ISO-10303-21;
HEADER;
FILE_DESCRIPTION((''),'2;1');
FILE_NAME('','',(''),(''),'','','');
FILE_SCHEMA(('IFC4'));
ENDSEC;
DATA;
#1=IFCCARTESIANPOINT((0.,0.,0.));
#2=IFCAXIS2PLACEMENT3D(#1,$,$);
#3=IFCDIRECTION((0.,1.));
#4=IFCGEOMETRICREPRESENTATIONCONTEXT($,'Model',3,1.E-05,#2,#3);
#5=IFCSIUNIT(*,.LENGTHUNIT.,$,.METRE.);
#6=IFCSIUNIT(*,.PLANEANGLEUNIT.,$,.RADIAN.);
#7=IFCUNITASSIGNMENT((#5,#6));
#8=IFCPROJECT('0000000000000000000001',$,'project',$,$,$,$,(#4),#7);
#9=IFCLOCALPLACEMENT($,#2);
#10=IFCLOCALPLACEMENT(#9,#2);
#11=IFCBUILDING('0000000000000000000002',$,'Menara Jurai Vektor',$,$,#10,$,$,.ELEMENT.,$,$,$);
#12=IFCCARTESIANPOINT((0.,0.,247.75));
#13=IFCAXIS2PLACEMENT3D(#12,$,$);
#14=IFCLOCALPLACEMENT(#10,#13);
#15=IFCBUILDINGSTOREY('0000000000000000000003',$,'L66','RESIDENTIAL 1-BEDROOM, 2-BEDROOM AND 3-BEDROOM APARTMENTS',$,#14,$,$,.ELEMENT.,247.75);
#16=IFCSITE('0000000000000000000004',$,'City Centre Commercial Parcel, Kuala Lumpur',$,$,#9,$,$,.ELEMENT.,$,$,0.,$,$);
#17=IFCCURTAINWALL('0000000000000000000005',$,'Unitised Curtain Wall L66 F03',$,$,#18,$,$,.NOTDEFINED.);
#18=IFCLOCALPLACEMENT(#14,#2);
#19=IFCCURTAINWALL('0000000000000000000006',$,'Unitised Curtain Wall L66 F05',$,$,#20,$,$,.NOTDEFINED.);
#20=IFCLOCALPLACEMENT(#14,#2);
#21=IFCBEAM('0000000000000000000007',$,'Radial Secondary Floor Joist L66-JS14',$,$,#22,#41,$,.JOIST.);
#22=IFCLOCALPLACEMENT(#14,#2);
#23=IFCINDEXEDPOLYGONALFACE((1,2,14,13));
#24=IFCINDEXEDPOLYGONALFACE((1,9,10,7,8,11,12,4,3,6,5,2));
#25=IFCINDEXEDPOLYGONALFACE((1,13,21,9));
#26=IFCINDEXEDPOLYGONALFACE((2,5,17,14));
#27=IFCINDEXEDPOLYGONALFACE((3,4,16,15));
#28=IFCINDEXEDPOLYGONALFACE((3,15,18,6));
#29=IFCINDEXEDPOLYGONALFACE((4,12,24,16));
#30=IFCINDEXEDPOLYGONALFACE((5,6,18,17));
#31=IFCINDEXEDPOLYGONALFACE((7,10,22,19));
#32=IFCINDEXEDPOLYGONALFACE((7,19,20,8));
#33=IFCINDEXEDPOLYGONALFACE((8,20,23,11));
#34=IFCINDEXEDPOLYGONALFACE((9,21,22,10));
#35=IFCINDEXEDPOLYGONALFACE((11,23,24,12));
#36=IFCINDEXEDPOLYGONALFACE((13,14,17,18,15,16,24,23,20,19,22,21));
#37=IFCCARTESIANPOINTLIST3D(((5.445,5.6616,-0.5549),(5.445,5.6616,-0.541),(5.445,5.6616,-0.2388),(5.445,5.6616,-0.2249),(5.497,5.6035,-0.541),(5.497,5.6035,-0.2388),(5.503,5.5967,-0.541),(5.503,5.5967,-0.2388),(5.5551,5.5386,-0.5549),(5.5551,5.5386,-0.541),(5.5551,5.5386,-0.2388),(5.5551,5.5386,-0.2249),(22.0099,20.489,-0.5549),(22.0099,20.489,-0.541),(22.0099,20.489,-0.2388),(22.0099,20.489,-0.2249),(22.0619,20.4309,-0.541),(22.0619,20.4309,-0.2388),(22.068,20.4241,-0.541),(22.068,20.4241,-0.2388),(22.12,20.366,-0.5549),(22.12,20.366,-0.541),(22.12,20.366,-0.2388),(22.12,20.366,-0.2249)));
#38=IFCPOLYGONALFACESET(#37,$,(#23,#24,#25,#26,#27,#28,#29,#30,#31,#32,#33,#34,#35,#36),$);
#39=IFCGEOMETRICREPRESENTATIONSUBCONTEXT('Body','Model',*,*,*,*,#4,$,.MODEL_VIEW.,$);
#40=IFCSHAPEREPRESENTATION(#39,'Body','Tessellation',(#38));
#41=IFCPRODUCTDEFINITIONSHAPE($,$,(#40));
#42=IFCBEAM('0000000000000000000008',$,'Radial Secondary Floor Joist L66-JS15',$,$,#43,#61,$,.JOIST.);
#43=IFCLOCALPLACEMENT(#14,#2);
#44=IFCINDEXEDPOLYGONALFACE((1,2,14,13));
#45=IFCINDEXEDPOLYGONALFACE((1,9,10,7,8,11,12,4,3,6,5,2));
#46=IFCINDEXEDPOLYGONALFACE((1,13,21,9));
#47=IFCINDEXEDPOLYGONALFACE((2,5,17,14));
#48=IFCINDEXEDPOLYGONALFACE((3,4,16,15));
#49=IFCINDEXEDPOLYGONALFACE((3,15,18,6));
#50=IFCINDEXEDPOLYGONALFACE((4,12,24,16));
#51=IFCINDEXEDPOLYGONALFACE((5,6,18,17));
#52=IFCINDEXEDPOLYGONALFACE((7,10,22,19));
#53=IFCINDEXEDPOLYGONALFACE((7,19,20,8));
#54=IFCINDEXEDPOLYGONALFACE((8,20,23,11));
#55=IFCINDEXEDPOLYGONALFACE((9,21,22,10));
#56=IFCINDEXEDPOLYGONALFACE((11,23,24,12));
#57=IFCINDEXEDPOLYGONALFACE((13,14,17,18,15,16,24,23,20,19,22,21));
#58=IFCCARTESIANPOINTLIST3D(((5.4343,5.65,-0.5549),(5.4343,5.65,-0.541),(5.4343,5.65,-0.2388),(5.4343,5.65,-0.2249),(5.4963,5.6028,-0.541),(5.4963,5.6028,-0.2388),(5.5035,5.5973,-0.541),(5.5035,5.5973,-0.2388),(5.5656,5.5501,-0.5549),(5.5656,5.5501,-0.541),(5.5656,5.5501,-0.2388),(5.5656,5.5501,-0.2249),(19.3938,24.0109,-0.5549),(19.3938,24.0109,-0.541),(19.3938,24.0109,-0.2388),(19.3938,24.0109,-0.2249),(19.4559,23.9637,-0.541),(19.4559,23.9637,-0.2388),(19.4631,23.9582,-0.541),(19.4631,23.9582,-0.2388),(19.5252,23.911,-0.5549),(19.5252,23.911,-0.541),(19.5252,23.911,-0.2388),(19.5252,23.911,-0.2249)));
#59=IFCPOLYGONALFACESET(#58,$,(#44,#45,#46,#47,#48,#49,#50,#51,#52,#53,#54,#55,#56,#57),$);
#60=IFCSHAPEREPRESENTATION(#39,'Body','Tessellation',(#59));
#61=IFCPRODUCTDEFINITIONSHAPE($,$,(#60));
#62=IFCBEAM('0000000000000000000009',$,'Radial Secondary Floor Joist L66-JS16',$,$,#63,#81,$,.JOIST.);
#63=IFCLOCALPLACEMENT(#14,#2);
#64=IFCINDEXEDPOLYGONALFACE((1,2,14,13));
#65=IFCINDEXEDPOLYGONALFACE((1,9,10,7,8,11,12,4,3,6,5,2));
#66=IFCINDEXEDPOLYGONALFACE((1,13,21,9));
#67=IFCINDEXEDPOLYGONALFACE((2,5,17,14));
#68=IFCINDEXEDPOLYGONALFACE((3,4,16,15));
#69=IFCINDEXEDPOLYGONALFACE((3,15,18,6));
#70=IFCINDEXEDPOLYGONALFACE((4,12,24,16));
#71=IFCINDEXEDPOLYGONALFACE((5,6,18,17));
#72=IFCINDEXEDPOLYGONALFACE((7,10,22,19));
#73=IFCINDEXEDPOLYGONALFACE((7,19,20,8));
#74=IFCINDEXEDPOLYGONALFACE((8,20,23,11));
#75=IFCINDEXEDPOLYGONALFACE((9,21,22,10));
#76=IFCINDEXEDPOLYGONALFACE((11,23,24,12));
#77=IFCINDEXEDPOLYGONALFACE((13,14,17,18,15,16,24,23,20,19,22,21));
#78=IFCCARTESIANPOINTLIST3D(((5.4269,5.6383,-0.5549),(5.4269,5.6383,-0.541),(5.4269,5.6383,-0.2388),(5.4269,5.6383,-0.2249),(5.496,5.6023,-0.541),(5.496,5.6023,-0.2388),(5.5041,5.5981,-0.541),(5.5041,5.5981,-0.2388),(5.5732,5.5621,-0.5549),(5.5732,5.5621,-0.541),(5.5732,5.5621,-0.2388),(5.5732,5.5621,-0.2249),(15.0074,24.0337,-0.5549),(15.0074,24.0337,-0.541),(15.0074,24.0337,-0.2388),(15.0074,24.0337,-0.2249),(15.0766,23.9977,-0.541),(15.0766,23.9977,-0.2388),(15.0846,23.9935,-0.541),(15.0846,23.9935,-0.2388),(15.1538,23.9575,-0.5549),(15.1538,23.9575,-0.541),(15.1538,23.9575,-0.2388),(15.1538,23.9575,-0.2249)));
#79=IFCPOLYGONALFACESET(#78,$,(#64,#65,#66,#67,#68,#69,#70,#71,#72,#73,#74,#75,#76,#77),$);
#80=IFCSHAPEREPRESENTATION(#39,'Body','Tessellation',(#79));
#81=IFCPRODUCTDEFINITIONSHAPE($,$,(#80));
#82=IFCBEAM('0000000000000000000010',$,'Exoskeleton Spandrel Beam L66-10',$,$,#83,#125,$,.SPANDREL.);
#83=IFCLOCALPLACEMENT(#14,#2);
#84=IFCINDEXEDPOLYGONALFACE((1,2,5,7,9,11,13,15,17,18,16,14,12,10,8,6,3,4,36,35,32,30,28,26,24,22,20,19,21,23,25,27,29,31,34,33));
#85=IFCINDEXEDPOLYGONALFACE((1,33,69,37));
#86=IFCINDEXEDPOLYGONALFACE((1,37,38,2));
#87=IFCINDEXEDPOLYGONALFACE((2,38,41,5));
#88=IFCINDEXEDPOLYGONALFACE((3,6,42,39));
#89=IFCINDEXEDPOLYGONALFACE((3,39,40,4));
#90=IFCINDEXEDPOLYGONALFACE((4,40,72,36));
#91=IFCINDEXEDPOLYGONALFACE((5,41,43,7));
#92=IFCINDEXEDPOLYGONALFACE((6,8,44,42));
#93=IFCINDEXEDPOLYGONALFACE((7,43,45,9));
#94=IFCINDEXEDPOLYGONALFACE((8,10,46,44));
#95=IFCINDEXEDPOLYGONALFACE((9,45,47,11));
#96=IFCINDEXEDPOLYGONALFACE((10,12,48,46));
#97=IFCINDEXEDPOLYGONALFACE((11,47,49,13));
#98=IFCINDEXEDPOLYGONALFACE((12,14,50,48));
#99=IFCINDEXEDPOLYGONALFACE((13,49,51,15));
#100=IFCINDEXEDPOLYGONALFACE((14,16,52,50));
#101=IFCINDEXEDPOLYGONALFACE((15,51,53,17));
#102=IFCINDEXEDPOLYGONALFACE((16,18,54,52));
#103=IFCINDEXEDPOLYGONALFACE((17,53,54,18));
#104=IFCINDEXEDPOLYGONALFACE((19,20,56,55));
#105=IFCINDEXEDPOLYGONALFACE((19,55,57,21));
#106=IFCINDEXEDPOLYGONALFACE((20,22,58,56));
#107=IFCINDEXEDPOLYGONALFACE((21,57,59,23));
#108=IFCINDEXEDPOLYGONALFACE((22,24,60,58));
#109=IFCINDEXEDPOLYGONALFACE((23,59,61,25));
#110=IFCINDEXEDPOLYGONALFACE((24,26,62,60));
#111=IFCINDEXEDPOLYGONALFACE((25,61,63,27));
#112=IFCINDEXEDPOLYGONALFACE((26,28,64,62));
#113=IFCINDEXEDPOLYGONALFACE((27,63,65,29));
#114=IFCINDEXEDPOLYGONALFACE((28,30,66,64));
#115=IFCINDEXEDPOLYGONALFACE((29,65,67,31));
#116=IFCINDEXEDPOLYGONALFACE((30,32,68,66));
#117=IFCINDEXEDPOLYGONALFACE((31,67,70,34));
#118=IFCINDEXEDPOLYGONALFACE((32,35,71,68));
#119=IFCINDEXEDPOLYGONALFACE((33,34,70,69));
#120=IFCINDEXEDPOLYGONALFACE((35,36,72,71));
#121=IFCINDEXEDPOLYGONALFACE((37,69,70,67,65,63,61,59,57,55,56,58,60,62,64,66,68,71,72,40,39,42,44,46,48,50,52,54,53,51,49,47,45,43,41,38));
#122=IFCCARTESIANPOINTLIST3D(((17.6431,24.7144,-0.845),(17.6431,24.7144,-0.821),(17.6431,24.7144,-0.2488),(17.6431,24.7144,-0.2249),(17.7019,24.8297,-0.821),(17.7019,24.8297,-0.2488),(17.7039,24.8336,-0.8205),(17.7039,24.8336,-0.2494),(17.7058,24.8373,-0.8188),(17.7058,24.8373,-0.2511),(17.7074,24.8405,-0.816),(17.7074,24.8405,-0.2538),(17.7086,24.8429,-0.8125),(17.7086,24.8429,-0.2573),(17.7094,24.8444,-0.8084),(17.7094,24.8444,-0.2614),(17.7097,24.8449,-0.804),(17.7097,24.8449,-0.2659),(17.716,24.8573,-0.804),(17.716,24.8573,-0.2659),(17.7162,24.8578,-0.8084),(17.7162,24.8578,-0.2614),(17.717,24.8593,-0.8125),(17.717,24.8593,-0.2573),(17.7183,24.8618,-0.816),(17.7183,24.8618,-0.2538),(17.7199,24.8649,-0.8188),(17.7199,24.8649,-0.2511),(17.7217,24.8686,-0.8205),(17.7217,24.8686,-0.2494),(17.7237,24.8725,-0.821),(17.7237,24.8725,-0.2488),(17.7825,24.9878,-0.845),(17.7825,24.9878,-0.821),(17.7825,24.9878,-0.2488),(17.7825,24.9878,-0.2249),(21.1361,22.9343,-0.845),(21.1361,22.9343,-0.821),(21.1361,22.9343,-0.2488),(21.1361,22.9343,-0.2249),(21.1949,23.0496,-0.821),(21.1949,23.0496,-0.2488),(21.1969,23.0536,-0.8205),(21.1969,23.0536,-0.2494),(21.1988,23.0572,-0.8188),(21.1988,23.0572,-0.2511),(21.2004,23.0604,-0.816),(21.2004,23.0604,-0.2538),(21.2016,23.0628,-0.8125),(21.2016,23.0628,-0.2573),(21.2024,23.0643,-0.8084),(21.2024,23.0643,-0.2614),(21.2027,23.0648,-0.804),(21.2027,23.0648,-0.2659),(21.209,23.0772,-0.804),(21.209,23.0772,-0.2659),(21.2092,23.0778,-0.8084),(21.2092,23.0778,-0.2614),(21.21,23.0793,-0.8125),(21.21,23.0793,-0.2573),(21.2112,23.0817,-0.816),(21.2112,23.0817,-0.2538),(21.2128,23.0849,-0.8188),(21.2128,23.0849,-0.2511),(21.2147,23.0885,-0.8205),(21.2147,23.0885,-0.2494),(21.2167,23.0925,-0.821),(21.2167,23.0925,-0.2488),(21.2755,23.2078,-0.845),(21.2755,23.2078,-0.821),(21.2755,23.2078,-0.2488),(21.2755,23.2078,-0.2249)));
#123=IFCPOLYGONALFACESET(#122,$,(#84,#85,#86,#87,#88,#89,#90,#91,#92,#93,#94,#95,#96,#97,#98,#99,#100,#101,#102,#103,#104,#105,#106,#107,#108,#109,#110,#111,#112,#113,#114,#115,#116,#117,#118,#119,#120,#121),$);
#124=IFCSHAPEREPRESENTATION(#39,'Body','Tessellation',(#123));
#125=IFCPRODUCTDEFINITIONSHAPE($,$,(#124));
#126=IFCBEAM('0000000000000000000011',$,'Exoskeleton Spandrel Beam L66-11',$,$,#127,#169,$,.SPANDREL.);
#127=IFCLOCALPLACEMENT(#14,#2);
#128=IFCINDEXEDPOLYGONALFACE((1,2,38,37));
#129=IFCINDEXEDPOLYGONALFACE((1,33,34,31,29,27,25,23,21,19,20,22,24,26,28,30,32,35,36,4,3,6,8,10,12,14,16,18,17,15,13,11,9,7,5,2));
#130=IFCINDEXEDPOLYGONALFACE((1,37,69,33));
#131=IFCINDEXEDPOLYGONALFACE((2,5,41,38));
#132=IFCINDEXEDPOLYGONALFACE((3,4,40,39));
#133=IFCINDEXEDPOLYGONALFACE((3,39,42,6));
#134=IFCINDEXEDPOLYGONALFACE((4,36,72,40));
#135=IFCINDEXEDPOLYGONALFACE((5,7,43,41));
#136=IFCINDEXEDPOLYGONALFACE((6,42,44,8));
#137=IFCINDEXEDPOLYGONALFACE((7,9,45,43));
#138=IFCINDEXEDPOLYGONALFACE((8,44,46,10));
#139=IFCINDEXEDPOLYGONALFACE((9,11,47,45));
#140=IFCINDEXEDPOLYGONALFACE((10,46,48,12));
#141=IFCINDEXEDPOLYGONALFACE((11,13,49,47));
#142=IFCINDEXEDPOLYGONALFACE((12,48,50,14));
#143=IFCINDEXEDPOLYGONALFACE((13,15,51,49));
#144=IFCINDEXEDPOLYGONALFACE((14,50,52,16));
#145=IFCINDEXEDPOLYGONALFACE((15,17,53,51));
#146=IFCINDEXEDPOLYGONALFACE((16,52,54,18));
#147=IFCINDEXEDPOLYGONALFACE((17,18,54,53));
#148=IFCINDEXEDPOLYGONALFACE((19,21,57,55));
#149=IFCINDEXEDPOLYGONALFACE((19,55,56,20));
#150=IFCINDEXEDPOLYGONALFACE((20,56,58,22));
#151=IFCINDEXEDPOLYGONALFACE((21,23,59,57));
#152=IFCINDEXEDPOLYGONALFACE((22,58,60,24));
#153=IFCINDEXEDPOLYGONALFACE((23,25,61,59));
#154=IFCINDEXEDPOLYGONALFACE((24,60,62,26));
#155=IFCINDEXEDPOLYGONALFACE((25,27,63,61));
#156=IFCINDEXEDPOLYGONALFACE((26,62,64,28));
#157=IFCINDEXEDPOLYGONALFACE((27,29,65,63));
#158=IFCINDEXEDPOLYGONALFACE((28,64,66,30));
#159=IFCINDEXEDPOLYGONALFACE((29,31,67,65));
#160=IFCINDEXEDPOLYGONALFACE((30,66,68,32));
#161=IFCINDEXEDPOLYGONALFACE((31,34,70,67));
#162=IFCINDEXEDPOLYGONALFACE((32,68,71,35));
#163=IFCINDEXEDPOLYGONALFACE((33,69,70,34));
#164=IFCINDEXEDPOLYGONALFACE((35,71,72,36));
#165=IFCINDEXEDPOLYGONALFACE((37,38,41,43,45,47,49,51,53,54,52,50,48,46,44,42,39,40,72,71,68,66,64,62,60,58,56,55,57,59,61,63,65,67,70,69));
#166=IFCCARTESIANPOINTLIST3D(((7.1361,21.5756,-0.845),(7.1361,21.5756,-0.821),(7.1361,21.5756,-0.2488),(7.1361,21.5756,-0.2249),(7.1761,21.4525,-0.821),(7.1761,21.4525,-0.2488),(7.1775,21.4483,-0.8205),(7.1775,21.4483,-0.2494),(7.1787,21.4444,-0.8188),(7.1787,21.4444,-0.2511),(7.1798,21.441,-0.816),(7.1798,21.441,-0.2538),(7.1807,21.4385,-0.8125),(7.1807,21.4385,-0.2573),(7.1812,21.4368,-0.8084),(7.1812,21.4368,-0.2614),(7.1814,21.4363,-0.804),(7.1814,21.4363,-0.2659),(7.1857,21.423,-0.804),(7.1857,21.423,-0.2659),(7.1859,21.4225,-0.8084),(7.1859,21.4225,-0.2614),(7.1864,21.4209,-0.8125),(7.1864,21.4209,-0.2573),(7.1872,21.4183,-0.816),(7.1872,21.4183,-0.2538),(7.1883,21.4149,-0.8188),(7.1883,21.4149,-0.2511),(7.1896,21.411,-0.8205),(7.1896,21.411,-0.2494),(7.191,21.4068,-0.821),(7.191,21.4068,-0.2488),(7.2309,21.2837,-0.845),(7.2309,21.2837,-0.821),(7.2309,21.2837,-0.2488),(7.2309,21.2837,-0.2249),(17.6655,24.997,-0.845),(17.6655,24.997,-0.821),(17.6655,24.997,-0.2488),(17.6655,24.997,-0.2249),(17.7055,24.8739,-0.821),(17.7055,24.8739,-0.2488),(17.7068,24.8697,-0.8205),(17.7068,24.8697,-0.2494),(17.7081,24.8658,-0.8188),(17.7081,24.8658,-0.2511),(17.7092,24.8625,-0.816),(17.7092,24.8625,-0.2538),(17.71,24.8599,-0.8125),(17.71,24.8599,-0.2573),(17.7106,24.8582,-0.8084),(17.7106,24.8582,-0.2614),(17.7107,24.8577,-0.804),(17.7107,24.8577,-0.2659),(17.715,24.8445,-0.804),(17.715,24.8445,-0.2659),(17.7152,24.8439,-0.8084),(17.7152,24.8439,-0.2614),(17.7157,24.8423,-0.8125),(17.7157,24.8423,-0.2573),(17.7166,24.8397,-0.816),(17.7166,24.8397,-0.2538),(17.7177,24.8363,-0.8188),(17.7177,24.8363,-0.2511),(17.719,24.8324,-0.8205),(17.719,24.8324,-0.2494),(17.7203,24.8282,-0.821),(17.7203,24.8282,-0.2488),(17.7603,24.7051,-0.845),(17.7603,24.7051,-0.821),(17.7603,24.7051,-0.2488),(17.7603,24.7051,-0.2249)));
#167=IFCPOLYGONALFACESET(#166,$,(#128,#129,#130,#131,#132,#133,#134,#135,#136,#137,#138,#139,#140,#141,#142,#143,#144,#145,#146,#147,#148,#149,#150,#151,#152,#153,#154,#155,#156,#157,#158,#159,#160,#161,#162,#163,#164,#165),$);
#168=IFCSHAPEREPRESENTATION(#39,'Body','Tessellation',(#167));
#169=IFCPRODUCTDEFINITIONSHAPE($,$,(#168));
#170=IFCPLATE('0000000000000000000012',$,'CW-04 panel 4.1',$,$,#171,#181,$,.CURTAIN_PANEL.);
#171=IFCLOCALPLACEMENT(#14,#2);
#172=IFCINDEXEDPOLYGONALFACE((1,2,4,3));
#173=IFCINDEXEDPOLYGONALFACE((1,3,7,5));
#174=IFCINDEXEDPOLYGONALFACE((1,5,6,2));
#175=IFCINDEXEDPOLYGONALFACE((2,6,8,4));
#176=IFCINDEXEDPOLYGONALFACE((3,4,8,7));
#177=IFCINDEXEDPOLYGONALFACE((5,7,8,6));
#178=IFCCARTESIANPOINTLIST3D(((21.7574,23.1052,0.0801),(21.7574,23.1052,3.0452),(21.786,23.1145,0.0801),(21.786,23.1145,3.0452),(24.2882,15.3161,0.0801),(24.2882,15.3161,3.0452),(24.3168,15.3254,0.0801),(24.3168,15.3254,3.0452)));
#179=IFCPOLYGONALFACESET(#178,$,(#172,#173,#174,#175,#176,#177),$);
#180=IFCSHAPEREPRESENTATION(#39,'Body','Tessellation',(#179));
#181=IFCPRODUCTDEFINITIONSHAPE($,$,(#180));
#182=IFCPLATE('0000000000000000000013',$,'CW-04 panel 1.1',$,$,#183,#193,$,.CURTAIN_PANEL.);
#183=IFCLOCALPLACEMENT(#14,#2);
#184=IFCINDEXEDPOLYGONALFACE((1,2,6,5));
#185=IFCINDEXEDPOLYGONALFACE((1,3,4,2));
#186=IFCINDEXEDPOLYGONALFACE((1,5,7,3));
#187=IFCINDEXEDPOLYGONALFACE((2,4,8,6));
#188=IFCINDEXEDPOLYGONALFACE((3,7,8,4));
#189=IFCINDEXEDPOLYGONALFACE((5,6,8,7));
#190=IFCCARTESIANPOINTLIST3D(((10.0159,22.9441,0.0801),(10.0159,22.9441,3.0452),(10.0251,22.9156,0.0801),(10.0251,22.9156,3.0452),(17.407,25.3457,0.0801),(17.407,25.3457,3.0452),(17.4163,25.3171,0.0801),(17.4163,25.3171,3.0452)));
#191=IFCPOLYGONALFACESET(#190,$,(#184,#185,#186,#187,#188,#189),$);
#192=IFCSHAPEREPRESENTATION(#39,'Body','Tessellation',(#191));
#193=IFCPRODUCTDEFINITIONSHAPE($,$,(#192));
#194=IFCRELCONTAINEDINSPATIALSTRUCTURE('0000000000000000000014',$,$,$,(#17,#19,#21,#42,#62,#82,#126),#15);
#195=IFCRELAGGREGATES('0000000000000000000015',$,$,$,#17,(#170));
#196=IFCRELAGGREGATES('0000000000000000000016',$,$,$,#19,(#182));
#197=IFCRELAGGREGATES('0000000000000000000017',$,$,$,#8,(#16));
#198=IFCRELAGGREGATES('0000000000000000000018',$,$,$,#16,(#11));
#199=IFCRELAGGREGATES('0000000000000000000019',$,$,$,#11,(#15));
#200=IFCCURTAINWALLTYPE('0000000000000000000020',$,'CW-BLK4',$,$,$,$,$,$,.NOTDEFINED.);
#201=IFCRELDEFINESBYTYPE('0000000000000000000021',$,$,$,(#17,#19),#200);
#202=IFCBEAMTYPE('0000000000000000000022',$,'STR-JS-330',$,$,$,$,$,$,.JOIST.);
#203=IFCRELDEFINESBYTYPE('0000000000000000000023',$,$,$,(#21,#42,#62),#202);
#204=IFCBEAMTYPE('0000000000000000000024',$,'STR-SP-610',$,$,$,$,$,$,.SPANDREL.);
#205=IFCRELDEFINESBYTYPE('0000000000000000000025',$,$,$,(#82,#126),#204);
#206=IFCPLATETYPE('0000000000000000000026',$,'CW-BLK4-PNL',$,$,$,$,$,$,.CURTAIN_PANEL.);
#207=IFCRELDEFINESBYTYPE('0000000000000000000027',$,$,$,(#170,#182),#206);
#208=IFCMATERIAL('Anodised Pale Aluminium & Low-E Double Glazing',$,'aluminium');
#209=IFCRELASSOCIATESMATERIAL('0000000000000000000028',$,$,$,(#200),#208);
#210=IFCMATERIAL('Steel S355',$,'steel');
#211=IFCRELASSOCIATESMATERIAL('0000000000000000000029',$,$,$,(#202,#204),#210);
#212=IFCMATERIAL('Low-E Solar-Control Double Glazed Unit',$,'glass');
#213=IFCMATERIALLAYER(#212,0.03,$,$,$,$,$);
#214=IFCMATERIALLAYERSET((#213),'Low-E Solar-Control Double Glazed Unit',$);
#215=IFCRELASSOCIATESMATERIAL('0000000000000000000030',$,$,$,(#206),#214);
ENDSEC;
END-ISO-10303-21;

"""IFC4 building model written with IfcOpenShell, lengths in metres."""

from ifc_helpers import new_model, si_unit, direction, frame, origin, origin_2d, place, context, subcontext, project, spatial, rectangle, i_section, extrude, material, layer, layer_set, material_profile, profile_set, type_object, element, aggregate, save


model = new_model("IFC4")

# Units and contexts
model_context = context("Model", 3, precision=1e-05, world=origin(), true_north=direction((0.0, 1.0)))
body_context = subcontext(model_context, "Body", "Model", "MODEL_VIEW")
ifc_project = project(units=[si_unit("LENGTHUNIT", "METRE"), si_unit("PLANEANGLEUNIT", "RADIAN")], contexts=[model_context])

# Site, building, storey
site_placement = place(None, origin())
site = spatial("IfcSite", under=ifc_project, at=site_placement, Name="City Centre Commercial Parcel, Kuala Lumpur", CompositionType="ELEMENT", RefElevation=0.0)
building_placement = place(site_placement, origin())
building = spatial("IfcBuilding", under=site, at=building_placement, Name="Menara Jurai Vektor", CompositionType="ELEMENT")
storey_placement = place(building_placement, frame((0.0, 0.0, 247.75)))
storey = spatial("IfcBuildingStorey", under=building, at=storey_placement, Name="L66", Description="RESIDENTIAL 1-BEDROOM, 2-BEDROOM AND 3-BEDROOM APARTMENTS", CompositionType="ELEMENT", Elevation=247.75)

# Curtain wall
ifc_material_1 = material(Name="Anodised Pale Aluminium & Low-E Double Glazing", Category="aluminium")
curtain_wall_type = type_object("IfcCurtainWallType", Name="CW-BLK4", PredefinedType="NOTDEFINED", material=ifc_material_1)
curtain_wall_1_placement = place(storey_placement, origin())
curtain_wall_1 = element("IfcCurtainWall", 1, at=curtain_wall_1_placement, inside=storey, type_object=curtain_wall_type, Name="Unitised Curtain Wall L66 F03", PredefinedType="NOTDEFINED")

# Curtain wall
curtain_wall_2_placement = place(storey_placement, origin())
curtain_wall_2 = element("IfcCurtainWall", 2, at=curtain_wall_2_placement, inside=storey, type_object=curtain_wall_type, Name="Unitised Curtain Wall L66 F05", PredefinedType="NOTDEFINED")

# Shared definitions
ifc_material_2 = material(Name="Steel S355", Category="steel")

# Beams
ifc_material_profile_1 = material_profile(ifc_material_2, i_section(OverallWidth=0.165, OverallDepth=0.3301, WebThickness=0.009, FlangeThickness=0.0139, at=origin_2d()), Name="PG 330x165x46")
ifc_profile_set_1 = profile_set([ifc_material_profile_1], Name="Steel S355")
beam_type_1 = type_object("IfcBeamType", Name="STR-JS-330", PredefinedType="JOIST", material=ifc_profile_set_1)
beam_1_placement = place(storey_placement, frame((22.0649, 20.4275, -0.3899), z_axis=(-0.745104, -0.666948, 0.0), x_axis=(0.666948, -0.745104, 0.0)))
element("IfcBeam", 3, at=beam_1_placement, inside=storey, type_object=beam_type_1, Name="Radial Secondary Floor Joist L66-JS14", PredefinedType="JOIST", context=body_context, shape_type="SweptSolid", body=[
    extrude(i_section(OverallWidth=0.165, OverallDepth=0.3301, WebThickness=0.009, FlangeThickness=0.0139, at=origin_2d()), origin(), (0.0, 0.0, 1.0), 22.2317),
])
beam_2_placement = place(storey_placement, frame((19.4595, 23.9609, -0.3899), z_axis=(-0.605227, -0.796053, 0.0), x_axis=(0.796053, -0.605227, 0.0)))
element("IfcBeam", 4, at=beam_2_placement, inside=storey, type_object=beam_type_1, Name="Radial Secondary Floor Joist L66-JS15", PredefinedType="JOIST", context=body_context, shape_type="SweptSolid", body=[
    extrude(i_section(OverallWidth=0.165, OverallDepth=0.3301, WebThickness=0.009, FlangeThickness=0.0139, at=origin_2d()), origin(), (0.0, 0.0, 1.0), 23.0649),
])
beam_3_placement = place(storey_placement, frame((15.0806, 23.9956, -0.3899), z_axis=(-0.461918, -0.886923, 0.0), x_axis=(0.886923, -0.461918, 0.0)))
element("IfcBeam", 5, at=beam_3_placement, inside=storey, type_object=beam_type_1, Name="Radial Secondary Floor Joist L66-JS16", PredefinedType="JOIST", context=body_context, shape_type="SweptSolid", body=[
    extrude(i_section(OverallWidth=0.165, OverallDepth=0.3301, WebThickness=0.009, FlangeThickness=0.0139, at=origin_2d()), origin(), (0.0, 0.0, 1.0), 20.7407),
])
ifc_material_profile_2 = material_profile(ifc_material_2, i_section(OverallWidth=0.3069, OverallDepth=0.6201, WebThickness=0.0139, FlangeThickness=0.0239, FilletRadius=0.0171, at=origin_2d()), Name="UKB 610x305x179")
ifc_profile_set_2 = profile_set([ifc_material_profile_2], Name="Steel S355")
beam_type_2 = type_object("IfcBeamType", Name="STR-SP-610", PredefinedType="SPANDREL", material=ifc_profile_set_2)
beam_4_placement = place(storey_placement, frame((21.2058, 23.071, -0.5349), z_axis=(-0.890976, 0.454051, 0.0), x_axis=(-0.454051, -0.890976, 0.0)))
element("IfcBeam", 6, at=beam_4_placement, inside=storey, type_object=beam_type_2, Name="Exoskeleton Spandrel Beam L66-10", PredefinedType="SPANDREL", context=body_context, shape_type="SweptSolid", body=[
    extrude(i_section(OverallWidth=0.3069, OverallDepth=0.6201, WebThickness=0.0139, FlangeThickness=0.0239, FilletRadius=0.0171, at=origin_2d()), origin(), (0.0, 0.0, 1.0), 3.9204),
])
beam_5_placement = place(storey_placement, frame((17.7129, 24.8511, -0.5349), z_axis=(-0.951051, -0.309034, 0.0), x_axis=(0.309034, -0.951051, 0.0)))
element("IfcBeam", 7, at=beam_5_placement, inside=storey, type_object=beam_type_2, Name="Exoskeleton Spandrel Beam L66-11", PredefinedType="SPANDREL", context=body_context, shape_type="SweptSolid", body=[
    extrude(i_section(OverallWidth=0.3069, OverallDepth=0.6201, WebThickness=0.0139, FlangeThickness=0.0239, FilletRadius=0.0171, at=origin_2d()), origin(), (0.0, 0.0, 1.0), 11.0713),
])

# Plates
ifc_material_3 = material(Name="Low-E Solar-Control Double Glazed Unit", Category="glass")
ifc_layer_1 = layer(ifc_material_3, 0.03)
ifc_layer_set_1 = layer_set([ifc_layer_1], Name="Low-E Solar-Control Double Glazed Unit")
plate_type_1 = type_object("IfcPlateType", Name="CW-BLK4-PNL", PredefinedType="CURTAIN_PANEL", material=ifc_layer_set_1)
plate_1_placement = place(storey_placement, frame((23.0371, 19.2153, 0.0801), z_axis=(0.0, 0.0, 1.0), x_axis=(-0.309016, 0.951057, 0.0)))
plate_1 = element("IfcPlate", 8, at=plate_1_placement, type_object=plate_type_1, Name="CW-04 panel 4.1", PredefinedType="CURTAIN_PANEL", context=body_context, shape_type="SweptSolid", body=[
    extrude(rectangle(XDim=8.1899, YDim=0.03, at=origin_2d()), origin(), (0.0, 0.0, 1.0), 2.9651),
])
aggregate(curtain_wall_1, [plate_1])
plate_2_placement = place(storey_placement, frame((13.7161, 24.1306, 0.0801), z_axis=(0.0, 0.0, 1.0), x_axis=(-0.951056, -0.309017, 0.0)))
plate_2 = element("IfcPlate", 9, at=plate_2_placement, type_object=plate_type_1, Name="CW-04 panel 1.1", PredefinedType="CURTAIN_PANEL", context=body_context, shape_type="SweptSolid", body=[
    extrude(rectangle(XDim=7.7715, YDim=0.03, at=origin_2d()), origin(), (0.0, 0.0, 1.0), 2.9651),
])
aggregate(curtain_wall_2, [plate_2])

save(model, "model.ifc")
